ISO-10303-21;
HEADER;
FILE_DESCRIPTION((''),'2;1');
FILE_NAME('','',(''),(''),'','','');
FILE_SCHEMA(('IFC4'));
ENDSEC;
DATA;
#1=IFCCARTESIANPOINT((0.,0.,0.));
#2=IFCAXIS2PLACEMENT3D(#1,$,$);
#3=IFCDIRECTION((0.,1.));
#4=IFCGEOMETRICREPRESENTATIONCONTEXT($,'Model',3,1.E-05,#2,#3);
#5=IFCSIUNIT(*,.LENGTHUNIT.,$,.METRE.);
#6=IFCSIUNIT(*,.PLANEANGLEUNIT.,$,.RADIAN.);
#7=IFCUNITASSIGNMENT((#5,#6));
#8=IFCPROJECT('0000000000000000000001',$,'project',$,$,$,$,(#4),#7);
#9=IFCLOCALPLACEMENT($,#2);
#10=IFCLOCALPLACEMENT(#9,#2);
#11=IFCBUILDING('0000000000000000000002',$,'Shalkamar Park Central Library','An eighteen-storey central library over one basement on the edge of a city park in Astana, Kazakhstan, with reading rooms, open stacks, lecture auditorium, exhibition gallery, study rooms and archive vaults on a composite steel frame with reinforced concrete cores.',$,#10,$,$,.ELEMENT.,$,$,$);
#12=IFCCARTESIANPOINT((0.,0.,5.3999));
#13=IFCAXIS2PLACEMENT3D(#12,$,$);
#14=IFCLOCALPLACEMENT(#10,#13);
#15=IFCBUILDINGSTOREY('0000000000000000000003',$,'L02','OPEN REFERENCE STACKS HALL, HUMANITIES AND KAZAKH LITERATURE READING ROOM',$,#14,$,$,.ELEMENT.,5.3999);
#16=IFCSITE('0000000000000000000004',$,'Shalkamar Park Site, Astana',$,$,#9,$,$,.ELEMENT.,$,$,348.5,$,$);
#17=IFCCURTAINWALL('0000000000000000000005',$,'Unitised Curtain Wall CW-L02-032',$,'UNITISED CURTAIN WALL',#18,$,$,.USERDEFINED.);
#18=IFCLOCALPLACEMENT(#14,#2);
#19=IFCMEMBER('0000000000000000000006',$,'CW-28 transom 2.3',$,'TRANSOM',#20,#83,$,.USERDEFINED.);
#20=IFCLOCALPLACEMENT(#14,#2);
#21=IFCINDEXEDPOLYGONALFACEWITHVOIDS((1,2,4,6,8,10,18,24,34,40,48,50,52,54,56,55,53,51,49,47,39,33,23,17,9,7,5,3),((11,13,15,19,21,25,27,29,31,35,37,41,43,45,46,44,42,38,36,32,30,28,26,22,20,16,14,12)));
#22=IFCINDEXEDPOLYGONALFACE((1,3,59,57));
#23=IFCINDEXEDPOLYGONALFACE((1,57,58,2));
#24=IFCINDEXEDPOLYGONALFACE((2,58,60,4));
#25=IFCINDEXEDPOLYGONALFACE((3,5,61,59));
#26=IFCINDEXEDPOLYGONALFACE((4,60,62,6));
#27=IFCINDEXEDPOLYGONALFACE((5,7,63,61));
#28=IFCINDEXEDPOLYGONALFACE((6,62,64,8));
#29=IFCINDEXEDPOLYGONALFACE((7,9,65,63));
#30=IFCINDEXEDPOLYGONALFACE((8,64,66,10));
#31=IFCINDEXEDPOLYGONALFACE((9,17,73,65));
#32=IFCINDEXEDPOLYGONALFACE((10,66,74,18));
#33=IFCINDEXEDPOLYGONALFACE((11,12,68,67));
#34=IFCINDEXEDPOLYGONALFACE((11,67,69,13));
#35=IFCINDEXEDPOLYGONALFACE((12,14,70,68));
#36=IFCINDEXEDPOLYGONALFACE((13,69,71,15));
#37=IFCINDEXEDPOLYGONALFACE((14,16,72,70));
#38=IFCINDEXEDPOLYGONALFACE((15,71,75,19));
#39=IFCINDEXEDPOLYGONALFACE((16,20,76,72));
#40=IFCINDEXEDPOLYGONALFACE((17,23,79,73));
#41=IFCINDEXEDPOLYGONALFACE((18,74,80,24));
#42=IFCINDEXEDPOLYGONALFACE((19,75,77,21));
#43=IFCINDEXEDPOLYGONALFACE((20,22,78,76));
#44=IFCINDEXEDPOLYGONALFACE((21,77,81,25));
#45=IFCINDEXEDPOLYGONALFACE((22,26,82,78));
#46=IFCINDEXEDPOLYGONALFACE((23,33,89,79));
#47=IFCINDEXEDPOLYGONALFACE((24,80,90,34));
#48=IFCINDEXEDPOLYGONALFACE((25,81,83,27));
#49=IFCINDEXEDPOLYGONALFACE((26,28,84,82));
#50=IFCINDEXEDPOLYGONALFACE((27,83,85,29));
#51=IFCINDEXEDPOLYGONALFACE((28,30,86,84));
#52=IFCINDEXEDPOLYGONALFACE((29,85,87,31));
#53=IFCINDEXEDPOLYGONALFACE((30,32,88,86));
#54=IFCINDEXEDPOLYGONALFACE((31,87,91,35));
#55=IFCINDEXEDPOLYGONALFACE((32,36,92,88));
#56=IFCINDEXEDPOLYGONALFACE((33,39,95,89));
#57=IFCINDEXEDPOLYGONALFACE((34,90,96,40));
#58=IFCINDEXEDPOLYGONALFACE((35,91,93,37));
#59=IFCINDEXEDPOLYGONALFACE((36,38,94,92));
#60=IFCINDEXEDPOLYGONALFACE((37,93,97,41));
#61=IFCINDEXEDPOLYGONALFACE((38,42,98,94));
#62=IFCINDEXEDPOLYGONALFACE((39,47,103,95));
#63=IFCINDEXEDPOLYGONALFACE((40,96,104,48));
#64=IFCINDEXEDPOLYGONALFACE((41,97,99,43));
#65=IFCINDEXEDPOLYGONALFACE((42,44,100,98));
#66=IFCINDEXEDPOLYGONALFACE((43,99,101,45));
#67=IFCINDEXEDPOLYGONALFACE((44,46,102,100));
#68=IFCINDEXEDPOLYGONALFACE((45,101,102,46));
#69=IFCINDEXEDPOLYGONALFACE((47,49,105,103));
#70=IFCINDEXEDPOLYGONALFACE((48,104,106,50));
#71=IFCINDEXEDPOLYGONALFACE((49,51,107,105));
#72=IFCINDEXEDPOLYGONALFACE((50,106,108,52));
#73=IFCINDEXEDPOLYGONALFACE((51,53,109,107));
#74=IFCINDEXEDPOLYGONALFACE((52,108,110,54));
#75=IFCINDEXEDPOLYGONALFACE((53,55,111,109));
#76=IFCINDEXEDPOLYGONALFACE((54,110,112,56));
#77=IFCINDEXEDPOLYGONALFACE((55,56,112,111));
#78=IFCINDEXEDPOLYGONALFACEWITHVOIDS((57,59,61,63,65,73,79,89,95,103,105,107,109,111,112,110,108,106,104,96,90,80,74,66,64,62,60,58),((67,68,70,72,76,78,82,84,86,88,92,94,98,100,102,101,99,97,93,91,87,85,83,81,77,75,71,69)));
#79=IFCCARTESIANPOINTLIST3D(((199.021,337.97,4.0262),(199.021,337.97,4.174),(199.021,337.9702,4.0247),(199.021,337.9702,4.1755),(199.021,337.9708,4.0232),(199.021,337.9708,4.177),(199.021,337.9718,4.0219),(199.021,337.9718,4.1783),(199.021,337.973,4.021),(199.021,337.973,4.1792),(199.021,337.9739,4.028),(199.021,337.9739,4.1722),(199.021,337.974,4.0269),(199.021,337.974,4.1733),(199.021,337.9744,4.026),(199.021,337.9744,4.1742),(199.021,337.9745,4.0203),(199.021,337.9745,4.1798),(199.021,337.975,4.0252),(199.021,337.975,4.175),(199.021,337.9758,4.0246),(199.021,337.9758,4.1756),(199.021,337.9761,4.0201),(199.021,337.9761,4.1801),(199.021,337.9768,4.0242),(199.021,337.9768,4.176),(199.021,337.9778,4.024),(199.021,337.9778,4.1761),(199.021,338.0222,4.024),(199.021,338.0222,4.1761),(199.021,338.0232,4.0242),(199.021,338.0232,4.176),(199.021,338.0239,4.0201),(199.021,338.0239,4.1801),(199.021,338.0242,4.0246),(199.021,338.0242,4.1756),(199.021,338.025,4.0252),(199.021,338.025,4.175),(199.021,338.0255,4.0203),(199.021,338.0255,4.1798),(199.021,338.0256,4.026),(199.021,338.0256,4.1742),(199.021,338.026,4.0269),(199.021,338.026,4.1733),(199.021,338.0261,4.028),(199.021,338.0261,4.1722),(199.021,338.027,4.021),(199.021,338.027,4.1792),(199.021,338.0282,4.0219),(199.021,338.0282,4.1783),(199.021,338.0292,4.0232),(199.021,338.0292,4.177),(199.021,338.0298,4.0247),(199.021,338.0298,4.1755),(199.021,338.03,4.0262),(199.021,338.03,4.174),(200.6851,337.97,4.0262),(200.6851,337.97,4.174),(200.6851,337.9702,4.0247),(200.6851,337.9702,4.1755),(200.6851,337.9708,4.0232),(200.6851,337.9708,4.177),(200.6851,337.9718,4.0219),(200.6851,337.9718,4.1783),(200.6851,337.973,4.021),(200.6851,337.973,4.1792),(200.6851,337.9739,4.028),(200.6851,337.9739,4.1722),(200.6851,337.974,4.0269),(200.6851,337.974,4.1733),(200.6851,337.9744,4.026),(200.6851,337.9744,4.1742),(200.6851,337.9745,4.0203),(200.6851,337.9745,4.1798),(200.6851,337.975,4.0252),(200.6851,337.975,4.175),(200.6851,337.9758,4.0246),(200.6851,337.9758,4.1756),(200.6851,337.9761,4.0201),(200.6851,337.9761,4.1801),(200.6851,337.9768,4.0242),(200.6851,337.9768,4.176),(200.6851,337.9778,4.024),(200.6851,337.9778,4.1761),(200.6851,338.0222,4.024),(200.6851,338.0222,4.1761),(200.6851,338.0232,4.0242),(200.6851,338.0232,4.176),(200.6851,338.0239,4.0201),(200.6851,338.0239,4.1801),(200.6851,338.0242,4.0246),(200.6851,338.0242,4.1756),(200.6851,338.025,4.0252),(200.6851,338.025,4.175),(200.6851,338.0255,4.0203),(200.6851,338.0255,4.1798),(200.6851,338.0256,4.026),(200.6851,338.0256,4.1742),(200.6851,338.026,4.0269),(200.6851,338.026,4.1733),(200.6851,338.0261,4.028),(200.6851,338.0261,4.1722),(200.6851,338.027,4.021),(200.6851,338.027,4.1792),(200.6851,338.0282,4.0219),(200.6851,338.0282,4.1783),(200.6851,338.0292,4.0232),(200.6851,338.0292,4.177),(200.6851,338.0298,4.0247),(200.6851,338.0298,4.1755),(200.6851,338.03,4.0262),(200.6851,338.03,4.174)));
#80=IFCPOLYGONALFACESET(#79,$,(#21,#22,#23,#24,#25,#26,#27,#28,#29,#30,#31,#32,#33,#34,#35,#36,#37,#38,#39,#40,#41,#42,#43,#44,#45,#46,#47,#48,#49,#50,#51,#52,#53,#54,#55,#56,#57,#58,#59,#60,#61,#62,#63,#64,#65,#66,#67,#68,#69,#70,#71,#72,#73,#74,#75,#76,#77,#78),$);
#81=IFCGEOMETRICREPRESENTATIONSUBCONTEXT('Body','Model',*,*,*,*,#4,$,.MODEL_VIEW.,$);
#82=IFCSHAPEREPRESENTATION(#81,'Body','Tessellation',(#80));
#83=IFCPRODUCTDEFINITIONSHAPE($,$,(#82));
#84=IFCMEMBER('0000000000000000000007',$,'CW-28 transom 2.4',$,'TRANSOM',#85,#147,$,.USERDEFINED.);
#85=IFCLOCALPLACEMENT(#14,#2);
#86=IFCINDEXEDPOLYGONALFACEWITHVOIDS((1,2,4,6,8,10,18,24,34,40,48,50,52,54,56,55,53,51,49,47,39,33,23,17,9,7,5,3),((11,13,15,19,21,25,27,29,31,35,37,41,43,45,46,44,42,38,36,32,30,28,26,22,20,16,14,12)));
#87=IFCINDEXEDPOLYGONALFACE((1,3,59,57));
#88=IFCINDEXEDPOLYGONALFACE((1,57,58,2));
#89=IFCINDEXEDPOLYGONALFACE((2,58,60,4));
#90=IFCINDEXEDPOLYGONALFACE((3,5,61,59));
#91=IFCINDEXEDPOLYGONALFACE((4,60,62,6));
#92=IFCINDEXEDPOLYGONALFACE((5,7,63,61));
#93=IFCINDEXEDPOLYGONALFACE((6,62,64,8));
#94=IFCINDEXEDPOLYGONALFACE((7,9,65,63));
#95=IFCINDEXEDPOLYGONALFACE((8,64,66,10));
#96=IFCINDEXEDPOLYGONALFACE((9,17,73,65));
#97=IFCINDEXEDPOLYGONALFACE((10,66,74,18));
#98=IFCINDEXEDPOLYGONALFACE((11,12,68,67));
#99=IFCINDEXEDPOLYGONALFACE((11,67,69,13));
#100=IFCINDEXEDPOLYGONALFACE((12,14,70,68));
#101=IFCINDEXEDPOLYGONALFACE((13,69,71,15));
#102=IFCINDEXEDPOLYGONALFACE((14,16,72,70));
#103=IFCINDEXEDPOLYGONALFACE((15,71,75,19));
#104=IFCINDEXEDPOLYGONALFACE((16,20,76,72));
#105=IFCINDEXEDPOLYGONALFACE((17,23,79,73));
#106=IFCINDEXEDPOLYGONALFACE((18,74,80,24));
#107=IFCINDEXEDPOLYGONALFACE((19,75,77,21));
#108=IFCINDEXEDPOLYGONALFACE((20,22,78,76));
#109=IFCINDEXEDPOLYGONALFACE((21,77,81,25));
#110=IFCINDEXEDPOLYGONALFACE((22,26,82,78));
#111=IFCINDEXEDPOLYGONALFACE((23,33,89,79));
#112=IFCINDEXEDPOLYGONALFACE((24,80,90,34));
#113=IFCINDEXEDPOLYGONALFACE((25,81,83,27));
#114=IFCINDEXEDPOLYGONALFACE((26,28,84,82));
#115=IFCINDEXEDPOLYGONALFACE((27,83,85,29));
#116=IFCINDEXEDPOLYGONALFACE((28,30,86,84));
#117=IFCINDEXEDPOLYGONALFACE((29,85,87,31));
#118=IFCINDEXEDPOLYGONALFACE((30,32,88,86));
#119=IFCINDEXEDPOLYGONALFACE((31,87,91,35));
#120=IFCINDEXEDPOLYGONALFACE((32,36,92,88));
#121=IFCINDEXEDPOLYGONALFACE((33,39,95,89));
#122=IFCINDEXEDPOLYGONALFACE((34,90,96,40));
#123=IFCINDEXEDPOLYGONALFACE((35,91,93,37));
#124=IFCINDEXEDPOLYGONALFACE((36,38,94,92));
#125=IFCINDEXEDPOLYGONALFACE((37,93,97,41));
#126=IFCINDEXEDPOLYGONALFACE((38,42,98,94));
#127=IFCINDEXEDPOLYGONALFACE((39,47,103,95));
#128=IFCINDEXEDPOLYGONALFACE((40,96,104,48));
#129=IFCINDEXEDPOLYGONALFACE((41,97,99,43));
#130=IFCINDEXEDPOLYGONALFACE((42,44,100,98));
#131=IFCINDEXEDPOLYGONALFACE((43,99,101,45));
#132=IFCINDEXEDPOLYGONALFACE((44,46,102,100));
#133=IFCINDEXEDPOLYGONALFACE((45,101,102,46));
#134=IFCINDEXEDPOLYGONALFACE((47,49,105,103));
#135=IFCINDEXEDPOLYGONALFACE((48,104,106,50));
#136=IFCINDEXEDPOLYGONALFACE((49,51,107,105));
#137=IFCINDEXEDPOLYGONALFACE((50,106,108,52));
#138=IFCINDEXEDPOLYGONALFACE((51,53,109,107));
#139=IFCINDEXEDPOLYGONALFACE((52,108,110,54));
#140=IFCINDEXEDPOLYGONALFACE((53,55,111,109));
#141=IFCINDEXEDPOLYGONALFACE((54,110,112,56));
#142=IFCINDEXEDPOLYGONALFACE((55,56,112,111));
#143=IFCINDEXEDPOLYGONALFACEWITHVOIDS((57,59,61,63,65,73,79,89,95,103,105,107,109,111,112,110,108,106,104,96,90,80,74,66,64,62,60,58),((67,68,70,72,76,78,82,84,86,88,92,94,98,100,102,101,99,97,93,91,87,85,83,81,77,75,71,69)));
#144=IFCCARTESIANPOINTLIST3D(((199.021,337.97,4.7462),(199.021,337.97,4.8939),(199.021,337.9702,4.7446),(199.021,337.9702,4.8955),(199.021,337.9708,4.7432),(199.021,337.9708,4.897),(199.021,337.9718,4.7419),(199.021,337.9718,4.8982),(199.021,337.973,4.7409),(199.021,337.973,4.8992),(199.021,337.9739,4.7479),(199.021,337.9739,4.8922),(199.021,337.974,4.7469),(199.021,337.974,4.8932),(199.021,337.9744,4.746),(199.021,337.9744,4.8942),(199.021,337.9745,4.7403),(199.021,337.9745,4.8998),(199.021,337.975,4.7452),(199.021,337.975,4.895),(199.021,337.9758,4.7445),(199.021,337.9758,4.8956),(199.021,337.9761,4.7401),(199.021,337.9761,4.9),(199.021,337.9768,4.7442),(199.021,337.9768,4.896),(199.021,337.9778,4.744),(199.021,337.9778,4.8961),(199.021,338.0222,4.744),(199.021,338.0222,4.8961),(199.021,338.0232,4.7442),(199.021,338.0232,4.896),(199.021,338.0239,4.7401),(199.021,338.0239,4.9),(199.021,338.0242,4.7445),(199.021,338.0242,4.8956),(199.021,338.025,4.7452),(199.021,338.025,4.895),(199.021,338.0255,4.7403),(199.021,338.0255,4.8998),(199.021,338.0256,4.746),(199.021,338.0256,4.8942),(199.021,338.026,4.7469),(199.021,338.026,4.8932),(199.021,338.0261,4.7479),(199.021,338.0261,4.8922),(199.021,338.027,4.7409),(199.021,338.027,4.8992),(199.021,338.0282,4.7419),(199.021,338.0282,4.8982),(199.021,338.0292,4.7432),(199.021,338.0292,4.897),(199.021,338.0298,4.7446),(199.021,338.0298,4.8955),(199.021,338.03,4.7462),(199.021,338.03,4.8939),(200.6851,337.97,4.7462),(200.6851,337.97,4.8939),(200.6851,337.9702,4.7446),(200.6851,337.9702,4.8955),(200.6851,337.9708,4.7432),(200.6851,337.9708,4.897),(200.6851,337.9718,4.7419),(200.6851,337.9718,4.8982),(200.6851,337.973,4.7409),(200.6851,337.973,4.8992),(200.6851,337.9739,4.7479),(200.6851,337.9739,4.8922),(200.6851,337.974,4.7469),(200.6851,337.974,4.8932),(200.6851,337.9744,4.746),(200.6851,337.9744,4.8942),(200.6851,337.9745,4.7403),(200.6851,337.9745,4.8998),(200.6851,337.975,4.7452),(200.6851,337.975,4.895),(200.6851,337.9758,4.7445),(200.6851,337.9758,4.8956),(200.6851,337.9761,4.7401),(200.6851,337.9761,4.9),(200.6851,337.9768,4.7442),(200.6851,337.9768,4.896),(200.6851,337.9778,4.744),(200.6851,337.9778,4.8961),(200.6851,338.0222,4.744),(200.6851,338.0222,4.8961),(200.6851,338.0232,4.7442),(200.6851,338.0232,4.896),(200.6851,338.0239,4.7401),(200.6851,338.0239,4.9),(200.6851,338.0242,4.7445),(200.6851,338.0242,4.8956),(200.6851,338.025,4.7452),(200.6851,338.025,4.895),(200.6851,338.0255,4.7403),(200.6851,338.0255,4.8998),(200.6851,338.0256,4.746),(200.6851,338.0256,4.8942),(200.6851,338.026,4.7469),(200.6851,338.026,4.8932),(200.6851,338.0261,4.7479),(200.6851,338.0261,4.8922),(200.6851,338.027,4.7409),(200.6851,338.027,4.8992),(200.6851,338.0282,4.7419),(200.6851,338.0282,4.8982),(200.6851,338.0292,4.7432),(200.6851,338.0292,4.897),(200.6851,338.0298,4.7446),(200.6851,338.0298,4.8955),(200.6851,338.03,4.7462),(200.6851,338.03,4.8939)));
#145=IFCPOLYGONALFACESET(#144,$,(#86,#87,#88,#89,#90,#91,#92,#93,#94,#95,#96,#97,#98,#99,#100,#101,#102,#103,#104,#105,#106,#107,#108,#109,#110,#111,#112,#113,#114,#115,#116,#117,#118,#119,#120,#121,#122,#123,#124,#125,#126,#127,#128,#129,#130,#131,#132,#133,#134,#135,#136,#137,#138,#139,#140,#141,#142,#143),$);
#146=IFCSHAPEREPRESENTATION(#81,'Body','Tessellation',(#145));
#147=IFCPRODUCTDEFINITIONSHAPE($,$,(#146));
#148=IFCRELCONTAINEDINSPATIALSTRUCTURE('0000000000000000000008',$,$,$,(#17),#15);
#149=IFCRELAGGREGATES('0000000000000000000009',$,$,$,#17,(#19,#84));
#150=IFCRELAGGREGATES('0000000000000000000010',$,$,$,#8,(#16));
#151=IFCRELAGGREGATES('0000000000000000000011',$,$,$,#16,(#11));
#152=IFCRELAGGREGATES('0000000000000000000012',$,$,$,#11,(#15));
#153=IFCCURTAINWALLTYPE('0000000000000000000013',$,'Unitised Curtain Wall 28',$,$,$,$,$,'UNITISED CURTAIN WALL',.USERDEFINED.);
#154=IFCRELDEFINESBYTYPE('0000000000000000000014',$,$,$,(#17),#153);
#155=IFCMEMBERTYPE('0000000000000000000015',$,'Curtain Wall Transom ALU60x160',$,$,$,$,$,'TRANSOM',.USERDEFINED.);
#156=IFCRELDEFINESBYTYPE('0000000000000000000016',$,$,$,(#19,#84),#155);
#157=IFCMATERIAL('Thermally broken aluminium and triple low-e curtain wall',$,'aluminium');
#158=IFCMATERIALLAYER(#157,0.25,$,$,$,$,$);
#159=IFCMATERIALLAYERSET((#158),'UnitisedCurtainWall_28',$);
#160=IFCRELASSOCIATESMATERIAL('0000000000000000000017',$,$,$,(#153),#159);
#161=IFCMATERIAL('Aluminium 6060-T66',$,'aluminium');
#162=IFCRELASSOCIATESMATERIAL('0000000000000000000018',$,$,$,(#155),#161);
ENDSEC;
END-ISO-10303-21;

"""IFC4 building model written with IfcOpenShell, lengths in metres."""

from ifc_helpers import new_model, si_unit, direction, frame, origin, origin_2d, place, context, subcontext, project, spatial, hollow_rectangle, extrude, material, layer, layer_set, material_profile, profile_set, type_object, element, aggregate, save


model = new_model("IFC4")

# Units and contexts
model_context = context("Model", 3, precision=1e-05, world=origin(), true_north=direction((0.0, 1.0)))
body_context = subcontext(model_context, "Body", "Model", "MODEL_VIEW")
ifc_project = project(units=[si_unit("LENGTHUNIT", "METRE"), si_unit("PLANEANGLEUNIT", "RADIAN")], contexts=[model_context])

# Site, building, storey
site_placement = place(None, origin())
site = spatial("IfcSite", under=ifc_project, at=site_placement, Name="Shalkamar Park Site, Astana", CompositionType="ELEMENT", RefElevation=348.5)
building_placement = place(site_placement, origin())
building = spatial("IfcBuilding", under=site, at=building_placement, Name="Shalkamar Park Central Library", Description="An eighteen-storey central library over one basement on the edge of a city park in Astana, Kazakhstan, with reading rooms, open stacks, lecture auditorium, exhibition gallery, study rooms and archive vaults on a composite steel frame with reinforced concrete cores.", CompositionType="ELEMENT")
storey_placement = place(building_placement, frame((0.0, 0.0, 5.3999)))
storey = spatial("IfcBuildingStorey", under=building, at=storey_placement, Name="L02", Description="OPEN REFERENCE STACKS HALL, HUMANITIES AND KAZAKH LITERATURE READING ROOM", CompositionType="ELEMENT", Elevation=5.3999)

# Curtain wall
ifc_material_1 = material(Name="Thermally broken aluminium and triple low-e curtain wall", Category="aluminium")
ifc_layer_1 = layer(ifc_material_1, 0.25)
ifc_layer_set_1 = layer_set([ifc_layer_1], Name="UnitisedCurtainWall_28")
curtain_wall_type_1 = type_object("IfcCurtainWallType", Name="Unitised Curtain Wall 28", ElementType="UNITISED CURTAIN WALL", PredefinedType="USERDEFINED", material=ifc_layer_set_1)
curtain_wall_1_placement = place(storey_placement, origin())
curtain_wall_1 = element("IfcCurtainWall", 1, at=curtain_wall_1_placement, inside=storey, type_object=curtain_wall_type_1, Name="Unitised Curtain Wall CW-L02-032", ObjectType="UNITISED CURTAIN WALL", PredefinedType="USERDEFINED")
ifc_material_2 = material(Name="Aluminium 6060-T66", Category="aluminium")

# Members
ifc_material_profile_1 = material_profile(ifc_material_2, hollow_rectangle(XDim=0.0601, YDim=0.1599, WallThickness=0.0039, InnerFilletRadius=0.0039, OuterFilletRadius=0.0061, at=origin_2d()), Name="ALU 60x160x4")
ifc_profile_set_1 = profile_set([ifc_material_profile_1], Name="Aluminium 6060-T66")
member_type_1 = type_object("IfcMemberType", Name="Curtain Wall Transom ALU60x160", ElementType="TRANSOM", PredefinedType="USERDEFINED", material=ifc_profile_set_1)
member_1_placement = place(storey_placement, frame((199.021, 338.0, 4.1001), z_axis=(1.0, 0.0, 0.0), x_axis=(0.0, 1.0, 0.0)))
member_1 = element("IfcMember", 2, at=member_1_placement, type_object=member_type_1, Name="CW-28 transom 2.3", ObjectType="TRANSOM", PredefinedType="USERDEFINED", context=body_context, shape_type="SweptSolid", body=[
    extrude(hollow_rectangle(XDim=0.0601, YDim=0.1599, WallThickness=0.0039, InnerFilletRadius=0.0039, OuterFilletRadius=0.0061, at=origin_2d()), origin(), (0.0, 0.0, 1.0), 1.6641),
])
member_2_placement = place(storey_placement, frame((199.021, 338.0, 4.8201), z_axis=(1.0, 0.0, 0.0), x_axis=(0.0, 1.0, 0.0)))
member_2 = element("IfcMember", 3, at=member_2_placement, type_object=member_type_1, Name="CW-28 transom 2.4", ObjectType="TRANSOM", PredefinedType="USERDEFINED", context=body_context, shape_type="SweptSolid", body=[
    extrude(hollow_rectangle(XDim=0.0601, YDim=0.1599, WallThickness=0.0039, InnerFilletRadius=0.0039, OuterFilletRadius=0.0061, at=origin_2d()), origin(), (0.0, 0.0, 1.0), 1.6641),
])

aggregate(curtain_wall_1, [member_1, member_2])

save(model, "model.ifc")
